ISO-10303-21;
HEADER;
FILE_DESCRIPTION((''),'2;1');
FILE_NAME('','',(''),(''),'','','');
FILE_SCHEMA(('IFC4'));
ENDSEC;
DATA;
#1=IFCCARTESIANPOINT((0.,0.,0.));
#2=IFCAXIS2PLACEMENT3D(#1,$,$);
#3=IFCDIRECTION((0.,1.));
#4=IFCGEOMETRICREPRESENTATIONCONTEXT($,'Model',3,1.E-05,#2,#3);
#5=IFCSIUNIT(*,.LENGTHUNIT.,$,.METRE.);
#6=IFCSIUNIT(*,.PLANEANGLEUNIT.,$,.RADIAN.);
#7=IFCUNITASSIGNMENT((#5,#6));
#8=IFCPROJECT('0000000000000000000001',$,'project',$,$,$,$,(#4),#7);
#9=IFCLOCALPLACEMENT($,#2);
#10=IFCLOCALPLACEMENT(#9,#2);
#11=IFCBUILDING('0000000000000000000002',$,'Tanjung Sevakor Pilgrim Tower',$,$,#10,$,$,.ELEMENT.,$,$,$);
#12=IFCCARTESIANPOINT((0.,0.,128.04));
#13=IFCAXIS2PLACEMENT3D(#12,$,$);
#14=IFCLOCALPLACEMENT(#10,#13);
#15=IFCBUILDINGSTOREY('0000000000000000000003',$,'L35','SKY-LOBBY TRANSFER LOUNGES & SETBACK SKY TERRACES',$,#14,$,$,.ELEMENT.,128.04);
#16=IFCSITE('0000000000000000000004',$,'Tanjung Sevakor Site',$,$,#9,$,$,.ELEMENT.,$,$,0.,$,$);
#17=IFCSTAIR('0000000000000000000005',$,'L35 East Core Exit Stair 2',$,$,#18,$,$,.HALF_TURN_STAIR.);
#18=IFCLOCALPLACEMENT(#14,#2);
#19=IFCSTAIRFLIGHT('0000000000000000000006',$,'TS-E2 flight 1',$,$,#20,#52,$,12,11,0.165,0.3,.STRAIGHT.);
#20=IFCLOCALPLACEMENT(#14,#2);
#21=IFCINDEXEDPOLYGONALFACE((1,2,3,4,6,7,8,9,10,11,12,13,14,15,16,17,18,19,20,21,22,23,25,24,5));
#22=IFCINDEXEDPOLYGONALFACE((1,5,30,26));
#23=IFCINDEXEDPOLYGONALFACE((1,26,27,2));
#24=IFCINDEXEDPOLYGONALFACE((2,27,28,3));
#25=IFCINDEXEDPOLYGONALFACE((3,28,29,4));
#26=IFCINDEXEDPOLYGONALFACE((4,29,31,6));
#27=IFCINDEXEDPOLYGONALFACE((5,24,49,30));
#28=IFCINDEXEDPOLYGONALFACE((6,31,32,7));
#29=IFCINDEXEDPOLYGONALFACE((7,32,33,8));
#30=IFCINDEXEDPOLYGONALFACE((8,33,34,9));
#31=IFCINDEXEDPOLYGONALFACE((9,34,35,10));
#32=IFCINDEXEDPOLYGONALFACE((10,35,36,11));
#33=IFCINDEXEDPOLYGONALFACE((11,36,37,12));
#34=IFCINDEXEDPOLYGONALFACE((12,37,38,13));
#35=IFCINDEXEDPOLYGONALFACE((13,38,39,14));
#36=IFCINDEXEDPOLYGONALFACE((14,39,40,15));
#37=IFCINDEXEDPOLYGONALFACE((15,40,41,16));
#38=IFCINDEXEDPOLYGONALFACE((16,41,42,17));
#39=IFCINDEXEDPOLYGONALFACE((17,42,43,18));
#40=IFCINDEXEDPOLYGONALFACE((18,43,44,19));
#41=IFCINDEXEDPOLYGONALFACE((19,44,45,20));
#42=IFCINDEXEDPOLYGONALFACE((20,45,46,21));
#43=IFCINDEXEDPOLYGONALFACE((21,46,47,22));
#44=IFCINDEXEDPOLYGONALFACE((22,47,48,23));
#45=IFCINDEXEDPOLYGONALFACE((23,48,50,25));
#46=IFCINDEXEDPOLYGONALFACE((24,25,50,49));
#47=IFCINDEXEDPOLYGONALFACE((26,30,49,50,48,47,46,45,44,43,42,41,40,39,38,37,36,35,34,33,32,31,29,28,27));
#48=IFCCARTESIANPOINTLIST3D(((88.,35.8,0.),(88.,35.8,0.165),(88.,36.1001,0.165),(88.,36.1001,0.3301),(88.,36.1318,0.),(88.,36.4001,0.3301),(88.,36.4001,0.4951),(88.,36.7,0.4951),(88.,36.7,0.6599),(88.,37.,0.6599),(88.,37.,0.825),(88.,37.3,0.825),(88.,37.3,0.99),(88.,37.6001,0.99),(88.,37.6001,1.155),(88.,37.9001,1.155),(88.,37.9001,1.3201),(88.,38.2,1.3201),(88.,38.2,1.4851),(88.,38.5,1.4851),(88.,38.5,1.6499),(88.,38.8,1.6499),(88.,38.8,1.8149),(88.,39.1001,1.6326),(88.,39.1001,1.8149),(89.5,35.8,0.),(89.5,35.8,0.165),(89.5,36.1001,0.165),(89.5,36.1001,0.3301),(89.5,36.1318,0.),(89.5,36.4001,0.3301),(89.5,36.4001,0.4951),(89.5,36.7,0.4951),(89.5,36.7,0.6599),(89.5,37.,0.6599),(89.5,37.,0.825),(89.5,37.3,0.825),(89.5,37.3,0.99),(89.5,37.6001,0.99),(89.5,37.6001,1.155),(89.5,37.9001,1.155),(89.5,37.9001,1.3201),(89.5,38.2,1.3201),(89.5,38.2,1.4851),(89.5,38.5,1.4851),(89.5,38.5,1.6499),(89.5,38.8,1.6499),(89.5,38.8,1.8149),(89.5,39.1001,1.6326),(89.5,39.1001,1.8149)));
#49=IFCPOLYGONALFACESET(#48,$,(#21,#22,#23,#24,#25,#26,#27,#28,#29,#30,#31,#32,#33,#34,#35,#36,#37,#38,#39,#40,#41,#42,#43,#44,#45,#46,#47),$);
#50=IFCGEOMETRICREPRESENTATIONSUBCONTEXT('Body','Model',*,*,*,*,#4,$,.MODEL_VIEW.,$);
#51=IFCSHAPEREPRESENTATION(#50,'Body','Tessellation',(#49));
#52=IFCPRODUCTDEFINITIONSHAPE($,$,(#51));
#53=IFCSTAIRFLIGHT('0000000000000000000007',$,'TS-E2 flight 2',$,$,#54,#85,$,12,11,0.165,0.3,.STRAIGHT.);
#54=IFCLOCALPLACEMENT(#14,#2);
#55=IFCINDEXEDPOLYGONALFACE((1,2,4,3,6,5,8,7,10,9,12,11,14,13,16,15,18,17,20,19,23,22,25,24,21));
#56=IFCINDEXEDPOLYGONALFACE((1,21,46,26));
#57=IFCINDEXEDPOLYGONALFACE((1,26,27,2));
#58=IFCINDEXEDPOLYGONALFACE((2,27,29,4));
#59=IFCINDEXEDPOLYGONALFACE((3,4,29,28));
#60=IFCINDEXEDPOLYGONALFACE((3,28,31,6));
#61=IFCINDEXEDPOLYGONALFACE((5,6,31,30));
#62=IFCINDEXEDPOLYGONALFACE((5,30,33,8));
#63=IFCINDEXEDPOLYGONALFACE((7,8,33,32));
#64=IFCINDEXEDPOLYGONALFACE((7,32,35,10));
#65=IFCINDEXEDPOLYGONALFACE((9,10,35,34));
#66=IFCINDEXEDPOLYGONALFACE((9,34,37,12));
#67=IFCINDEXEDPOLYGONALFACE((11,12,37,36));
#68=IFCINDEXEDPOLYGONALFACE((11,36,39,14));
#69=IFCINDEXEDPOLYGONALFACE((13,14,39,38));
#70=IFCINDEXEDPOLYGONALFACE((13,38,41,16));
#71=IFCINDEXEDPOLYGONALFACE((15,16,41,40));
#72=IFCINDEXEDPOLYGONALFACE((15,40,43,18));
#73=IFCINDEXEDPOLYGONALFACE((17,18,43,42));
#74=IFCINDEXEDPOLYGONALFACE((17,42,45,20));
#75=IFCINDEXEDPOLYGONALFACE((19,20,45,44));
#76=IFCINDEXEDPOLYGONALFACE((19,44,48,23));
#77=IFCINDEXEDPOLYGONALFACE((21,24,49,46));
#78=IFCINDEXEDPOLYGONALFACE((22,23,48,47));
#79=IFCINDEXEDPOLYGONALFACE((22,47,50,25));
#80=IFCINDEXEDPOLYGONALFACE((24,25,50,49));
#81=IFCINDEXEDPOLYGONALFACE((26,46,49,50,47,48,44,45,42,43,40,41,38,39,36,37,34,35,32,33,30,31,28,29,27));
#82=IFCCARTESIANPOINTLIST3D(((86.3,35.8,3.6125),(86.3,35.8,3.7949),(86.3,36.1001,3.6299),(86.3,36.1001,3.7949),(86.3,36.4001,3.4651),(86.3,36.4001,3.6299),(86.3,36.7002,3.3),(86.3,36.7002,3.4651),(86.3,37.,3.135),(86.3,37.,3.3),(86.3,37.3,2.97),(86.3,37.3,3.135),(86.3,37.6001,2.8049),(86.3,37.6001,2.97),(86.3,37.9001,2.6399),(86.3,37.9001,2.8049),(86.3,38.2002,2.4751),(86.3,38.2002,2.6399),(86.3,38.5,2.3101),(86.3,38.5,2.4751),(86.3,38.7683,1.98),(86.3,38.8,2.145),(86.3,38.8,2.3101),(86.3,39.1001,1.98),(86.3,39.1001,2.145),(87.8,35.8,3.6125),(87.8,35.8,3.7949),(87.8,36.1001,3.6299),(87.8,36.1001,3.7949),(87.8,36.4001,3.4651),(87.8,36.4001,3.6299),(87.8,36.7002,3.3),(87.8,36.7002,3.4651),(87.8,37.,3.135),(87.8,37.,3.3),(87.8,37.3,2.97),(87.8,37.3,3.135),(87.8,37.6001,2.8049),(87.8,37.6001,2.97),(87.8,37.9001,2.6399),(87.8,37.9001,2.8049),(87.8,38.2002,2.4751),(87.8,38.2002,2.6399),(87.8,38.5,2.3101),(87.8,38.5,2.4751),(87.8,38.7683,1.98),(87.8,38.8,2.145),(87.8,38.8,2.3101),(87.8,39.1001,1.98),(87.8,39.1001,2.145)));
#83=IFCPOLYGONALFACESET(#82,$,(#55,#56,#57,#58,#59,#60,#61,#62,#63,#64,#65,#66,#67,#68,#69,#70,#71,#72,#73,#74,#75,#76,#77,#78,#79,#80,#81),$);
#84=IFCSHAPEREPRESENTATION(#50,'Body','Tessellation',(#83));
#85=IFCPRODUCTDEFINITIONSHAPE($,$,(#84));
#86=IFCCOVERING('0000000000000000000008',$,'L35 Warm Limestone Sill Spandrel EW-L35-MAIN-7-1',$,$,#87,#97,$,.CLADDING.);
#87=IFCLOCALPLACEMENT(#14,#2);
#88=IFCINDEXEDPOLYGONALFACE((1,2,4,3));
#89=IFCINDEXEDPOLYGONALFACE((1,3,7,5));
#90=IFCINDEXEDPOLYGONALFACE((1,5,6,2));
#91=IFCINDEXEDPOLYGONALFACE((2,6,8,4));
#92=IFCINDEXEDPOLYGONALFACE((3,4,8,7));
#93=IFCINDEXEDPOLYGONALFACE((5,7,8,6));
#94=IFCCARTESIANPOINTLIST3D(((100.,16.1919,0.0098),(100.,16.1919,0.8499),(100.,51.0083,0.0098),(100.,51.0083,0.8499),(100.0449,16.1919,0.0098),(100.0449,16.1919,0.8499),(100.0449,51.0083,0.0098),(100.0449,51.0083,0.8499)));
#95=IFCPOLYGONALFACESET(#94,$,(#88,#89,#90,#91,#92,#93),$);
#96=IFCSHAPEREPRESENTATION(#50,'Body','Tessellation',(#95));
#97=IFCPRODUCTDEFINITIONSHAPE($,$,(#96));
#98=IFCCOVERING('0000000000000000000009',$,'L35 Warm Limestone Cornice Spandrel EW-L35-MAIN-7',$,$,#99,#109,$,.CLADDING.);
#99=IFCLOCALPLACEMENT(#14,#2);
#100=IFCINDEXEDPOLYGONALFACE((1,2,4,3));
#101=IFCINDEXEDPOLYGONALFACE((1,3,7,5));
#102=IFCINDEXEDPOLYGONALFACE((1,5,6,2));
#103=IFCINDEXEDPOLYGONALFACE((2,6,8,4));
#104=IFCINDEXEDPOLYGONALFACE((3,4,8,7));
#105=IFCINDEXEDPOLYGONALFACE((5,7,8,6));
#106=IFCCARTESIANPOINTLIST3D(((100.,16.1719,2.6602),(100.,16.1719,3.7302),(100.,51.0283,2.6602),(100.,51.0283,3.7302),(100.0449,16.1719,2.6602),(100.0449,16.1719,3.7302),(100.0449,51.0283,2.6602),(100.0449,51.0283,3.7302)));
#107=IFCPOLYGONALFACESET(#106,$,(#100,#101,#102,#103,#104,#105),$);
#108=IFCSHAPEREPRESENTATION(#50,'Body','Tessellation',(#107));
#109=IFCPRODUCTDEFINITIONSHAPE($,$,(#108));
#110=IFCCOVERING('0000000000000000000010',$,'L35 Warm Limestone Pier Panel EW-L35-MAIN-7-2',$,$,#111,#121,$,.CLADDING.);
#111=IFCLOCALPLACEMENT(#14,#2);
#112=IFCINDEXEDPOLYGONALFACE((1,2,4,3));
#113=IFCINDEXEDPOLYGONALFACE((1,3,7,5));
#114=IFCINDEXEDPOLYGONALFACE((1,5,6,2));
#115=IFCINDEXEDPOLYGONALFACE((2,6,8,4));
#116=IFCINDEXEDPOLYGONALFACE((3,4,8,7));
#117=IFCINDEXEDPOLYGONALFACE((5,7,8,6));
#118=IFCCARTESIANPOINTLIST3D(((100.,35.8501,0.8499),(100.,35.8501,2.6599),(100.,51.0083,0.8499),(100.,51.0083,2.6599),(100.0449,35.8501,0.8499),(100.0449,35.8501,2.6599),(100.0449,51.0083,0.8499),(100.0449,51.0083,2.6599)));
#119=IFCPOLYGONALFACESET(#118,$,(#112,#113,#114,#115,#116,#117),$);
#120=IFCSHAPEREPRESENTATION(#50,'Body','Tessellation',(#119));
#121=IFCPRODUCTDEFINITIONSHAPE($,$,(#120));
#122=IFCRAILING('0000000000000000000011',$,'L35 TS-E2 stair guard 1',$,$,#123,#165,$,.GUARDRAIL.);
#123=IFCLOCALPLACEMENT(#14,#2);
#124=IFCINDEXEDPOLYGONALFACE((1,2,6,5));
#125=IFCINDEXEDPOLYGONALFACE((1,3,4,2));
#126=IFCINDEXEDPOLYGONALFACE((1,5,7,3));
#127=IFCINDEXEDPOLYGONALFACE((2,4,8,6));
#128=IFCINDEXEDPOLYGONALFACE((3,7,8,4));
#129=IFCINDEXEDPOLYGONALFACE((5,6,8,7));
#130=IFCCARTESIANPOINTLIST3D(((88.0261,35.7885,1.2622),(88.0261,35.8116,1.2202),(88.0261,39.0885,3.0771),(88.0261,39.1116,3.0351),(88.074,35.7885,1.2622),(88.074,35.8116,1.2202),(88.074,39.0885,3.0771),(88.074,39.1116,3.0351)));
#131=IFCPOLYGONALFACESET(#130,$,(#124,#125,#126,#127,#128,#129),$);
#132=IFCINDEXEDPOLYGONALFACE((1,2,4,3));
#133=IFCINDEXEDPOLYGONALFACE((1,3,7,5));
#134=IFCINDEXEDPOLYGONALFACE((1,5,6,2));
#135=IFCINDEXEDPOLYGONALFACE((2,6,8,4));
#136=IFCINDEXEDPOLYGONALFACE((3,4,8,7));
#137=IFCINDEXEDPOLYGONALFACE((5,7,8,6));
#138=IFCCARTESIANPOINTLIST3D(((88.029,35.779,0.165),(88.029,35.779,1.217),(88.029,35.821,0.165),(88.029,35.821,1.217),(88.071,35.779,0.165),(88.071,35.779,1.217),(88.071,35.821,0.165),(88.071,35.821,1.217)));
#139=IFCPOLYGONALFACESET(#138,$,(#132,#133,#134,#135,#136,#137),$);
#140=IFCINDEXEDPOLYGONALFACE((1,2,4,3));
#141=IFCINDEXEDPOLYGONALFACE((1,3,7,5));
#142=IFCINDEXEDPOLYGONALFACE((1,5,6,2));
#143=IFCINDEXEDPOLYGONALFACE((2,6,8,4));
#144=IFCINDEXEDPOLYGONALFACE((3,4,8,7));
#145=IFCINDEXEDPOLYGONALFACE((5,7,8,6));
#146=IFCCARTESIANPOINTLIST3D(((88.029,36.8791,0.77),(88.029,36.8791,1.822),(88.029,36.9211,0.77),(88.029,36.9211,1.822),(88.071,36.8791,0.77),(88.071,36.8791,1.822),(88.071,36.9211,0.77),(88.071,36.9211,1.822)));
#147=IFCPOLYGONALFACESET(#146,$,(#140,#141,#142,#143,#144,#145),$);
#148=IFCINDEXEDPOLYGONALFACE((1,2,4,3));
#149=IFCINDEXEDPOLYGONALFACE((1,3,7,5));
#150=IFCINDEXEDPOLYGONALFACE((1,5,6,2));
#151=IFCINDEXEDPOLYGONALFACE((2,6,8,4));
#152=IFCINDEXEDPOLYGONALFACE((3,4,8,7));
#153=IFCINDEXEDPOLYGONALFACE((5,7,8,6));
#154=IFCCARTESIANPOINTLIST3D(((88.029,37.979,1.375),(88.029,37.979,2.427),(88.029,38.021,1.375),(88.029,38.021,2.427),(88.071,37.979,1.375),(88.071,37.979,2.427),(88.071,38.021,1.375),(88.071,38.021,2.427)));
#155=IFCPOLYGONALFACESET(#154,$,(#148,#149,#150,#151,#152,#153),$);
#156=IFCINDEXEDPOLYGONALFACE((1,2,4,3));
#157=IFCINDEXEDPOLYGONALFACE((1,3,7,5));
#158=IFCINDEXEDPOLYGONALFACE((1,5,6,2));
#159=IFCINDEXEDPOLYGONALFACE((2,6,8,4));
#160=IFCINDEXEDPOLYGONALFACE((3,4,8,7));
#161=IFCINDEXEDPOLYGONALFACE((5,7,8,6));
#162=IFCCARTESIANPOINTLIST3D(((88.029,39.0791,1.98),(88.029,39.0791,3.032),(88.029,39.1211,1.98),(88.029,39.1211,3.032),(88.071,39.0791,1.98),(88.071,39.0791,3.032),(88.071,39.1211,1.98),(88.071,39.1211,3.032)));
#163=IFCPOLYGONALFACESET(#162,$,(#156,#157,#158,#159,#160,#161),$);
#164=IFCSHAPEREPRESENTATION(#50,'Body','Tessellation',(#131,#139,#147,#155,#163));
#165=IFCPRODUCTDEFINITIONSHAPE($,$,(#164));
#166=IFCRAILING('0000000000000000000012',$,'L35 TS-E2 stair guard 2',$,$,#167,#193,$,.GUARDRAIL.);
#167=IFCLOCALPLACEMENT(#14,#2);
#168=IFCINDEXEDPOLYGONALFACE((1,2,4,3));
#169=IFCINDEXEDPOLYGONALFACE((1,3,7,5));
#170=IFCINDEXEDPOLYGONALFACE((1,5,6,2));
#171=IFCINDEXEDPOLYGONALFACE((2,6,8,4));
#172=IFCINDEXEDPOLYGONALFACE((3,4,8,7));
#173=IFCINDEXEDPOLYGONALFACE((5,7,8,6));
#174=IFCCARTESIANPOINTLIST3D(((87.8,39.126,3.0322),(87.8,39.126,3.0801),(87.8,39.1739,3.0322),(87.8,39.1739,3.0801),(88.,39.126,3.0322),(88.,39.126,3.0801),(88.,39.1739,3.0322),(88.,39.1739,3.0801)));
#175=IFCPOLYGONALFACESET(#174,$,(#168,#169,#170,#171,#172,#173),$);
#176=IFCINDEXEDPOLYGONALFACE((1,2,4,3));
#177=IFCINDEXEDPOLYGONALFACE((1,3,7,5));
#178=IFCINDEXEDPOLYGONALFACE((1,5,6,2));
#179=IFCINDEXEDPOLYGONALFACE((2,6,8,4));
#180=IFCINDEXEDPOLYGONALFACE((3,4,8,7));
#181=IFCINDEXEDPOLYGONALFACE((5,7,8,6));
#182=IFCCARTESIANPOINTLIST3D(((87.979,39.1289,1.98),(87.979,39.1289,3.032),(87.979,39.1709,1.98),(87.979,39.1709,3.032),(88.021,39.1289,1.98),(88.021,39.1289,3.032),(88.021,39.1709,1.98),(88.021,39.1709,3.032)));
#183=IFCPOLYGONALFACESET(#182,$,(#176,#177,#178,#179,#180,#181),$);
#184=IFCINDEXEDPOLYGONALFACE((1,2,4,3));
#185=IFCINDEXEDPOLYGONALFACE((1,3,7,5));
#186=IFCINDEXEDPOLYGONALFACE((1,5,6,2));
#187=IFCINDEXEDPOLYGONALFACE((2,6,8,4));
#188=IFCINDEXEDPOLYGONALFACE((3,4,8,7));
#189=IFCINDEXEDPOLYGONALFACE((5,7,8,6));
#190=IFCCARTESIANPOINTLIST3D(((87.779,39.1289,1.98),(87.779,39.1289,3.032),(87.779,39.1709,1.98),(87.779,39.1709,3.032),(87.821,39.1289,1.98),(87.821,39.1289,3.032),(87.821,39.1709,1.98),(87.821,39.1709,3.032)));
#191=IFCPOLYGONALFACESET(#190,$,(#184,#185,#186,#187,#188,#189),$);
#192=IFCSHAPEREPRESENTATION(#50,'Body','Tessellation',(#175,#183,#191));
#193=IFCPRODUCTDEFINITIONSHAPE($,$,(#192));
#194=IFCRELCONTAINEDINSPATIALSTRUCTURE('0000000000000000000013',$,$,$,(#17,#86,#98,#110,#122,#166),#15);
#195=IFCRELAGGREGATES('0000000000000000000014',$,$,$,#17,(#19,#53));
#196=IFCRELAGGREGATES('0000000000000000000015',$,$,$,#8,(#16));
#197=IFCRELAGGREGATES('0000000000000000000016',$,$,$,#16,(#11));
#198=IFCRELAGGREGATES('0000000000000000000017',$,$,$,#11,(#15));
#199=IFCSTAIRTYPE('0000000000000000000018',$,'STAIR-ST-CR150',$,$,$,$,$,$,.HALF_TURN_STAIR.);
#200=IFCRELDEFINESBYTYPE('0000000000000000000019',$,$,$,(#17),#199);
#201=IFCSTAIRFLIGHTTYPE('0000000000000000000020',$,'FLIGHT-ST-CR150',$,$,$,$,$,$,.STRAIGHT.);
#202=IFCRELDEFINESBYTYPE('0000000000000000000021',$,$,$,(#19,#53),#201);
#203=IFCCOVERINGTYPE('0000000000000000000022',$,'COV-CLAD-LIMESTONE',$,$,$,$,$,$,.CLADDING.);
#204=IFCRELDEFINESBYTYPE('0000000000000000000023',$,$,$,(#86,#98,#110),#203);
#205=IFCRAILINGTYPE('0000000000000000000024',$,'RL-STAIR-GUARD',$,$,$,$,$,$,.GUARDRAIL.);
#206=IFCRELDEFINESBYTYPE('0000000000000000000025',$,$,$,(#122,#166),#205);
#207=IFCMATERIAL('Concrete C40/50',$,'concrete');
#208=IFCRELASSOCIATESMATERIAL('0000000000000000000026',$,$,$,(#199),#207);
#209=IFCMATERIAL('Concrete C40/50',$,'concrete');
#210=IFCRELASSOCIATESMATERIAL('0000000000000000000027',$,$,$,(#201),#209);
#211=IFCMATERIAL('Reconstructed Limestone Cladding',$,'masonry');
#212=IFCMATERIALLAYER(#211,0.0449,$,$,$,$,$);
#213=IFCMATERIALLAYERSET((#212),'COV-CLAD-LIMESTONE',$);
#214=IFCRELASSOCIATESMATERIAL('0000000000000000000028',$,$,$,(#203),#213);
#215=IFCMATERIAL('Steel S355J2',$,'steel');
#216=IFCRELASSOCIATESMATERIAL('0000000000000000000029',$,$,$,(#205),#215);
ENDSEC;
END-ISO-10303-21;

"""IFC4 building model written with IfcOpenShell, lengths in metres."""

from ifc_helpers import new_model, si_unit, direction, frame, origin, origin_2d, place, context, subcontext, project, spatial, polyline, rectangle, outline, extrude, material, layer, layer_set, type_object, element, aggregate, save


model = new_model("IFC4")

# Units and contexts
model_context = context("Model", 3, precision=1e-05, world=origin(), true_north=direction((0.0, 1.0)))
body_context = subcontext(model_context, "Body", "Model", "MODEL_VIEW")
ifc_project = project(units=[si_unit("LENGTHUNIT", "METRE"), si_unit("PLANEANGLEUNIT", "RADIAN")], contexts=[model_context])

# Site, building, storey
site_placement = place(None, origin())
site = spatial("IfcSite", under=ifc_project, at=site_placement, Name="Tanjung Sevakor Site", CompositionType="ELEMENT", RefElevation=0.0)
building_placement = place(site_placement, origin())
building = spatial("IfcBuilding", under=site, at=building_placement, Name="Tanjung Sevakor Pilgrim Tower", CompositionType="ELEMENT")
storey_placement = place(building_placement, frame((0.0, 0.0, 128.04)))
storey = spatial("IfcBuildingStorey", under=building, at=storey_placement, Name="L35", Description="SKY-LOBBY TRANSFER LOUNGES & SETBACK SKY TERRACES", CompositionType="ELEMENT", Elevation=128.04)

# Stair, stair flights
ifc_material_1 = material(Name="Concrete C40/50", Category="concrete")
stair_type = type_object("IfcStairType", Name="STAIR-ST-CR150", PredefinedType="HALF_TURN_STAIR", material=ifc_material_1)
stair_placement = place(storey_placement, origin())
stair = element("IfcStair", 1, at=stair_placement, inside=storey, type_object=stair_type, Name="L35 East Core Exit Stair 2", PredefinedType="HALF_TURN_STAIR")
ifc_material_2 = material(Name="Concrete C40/50", Category="concrete")
stair_flight_type = type_object("IfcStairFlightType", Name="FLIGHT-ST-CR150", PredefinedType="STRAIGHT", material=ifc_material_2)
stair_flight_1_placement = place(storey_placement, frame((88.75, 35.8, 0.0), z_axis=(0.0, 0.0, 1.0), x_axis=(0.0, 1.0, 0.0)))
stair_flight_1 = element("IfcStairFlight", 2, at=stair_flight_1_placement, type_object=stair_flight_type, Name="TS-E2 flight 1", NumberOfRisers=12, NumberOfTreads=11, PredefinedType="STRAIGHT", RiserHeight=0.165, TreadLength=0.3, context=body_context, shape_type="SweptSolid", body=[
    extrude(outline(polyline([(0.0, 0.0), (0.0, 0.165), (0.3, 0.165), (0.3, 0.3301), (0.6001, 0.3301), (0.6001, 0.4951), (0.8999, 0.4951), (0.8999, 0.6599), (1.2, 0.6599), (1.2, 0.825), (1.5, 0.825), (1.5, 0.99), (1.8, 0.99), (1.8, 1.155), (2.1001, 1.155), (2.1001, 1.3201), (2.3999, 1.3201), (2.3999, 1.4851), (2.7, 1.4851), (2.7, 1.6499), (3.0, 1.6499), (3.0, 1.8149), (3.3, 1.8149), (3.3, 1.98), (3.3, 1.6326), (0.3318, 0.0), (0.0, 0.0)])), frame((0.0, 0.75, 0.0), z_axis=(0.0, -1.0, 0.0), x_axis=(1.0, 0.0, 0.0)), (0.0, 0.0, 1.0), 1.5),
])
stair_flight_2_placement = place(storey_placement, frame((87.05, 39.1001, 1.98), z_axis=(0.0, 0.0, 1.0), x_axis=(0.0, -1.0, 0.0)))
stair_flight_2 = element("IfcStairFlight", 3, at=stair_flight_2_placement, type_object=stair_flight_type, Name="TS-E2 flight 2", NumberOfRisers=12, NumberOfTreads=11, PredefinedType="STRAIGHT", RiserHeight=0.165, TreadLength=0.3, context=body_context, shape_type="SweptSolid", body=[
    extrude(outline(polyline([(0.0, 0.0), (0.0, 0.165), (0.3, 0.165), (0.3, 0.3301), (0.6001, 0.3301), (0.6001, 0.4951), (0.8999, 0.4951), (0.8999, 0.6599), (1.2, 0.6599), (1.2, 0.825), (1.5, 0.825), (1.5, 0.99), (1.8, 0.99), (1.8, 1.155), (2.1001, 1.155), (2.1001, 1.3201), (2.3999, 1.3201), (2.3999, 1.4851), (2.7, 1.4851), (2.7, 1.6499), (3.0, 1.6499), (3.0, 1.8149), (3.3, 1.8149), (3.3, 1.98), (3.3, 1.6326), (0.3318, 0.0), (0.0, 0.0)])), frame((0.0, 0.75, 0.0), z_axis=(0.0, -1.0, 0.0), x_axis=(1.0, 0.0, 0.0)), (0.0, 0.0, 1.0), 1.5),
])
aggregate(stair, [stair_flight_1, stair_flight_2])

# Coverings
ifc_material_3 = material(Name="Reconstructed Limestone Cladding", Category="masonry")
ifc_layer_1 = layer(ifc_material_3, 0.0449)
ifc_layer_set_1 = layer_set([ifc_layer_1], Name="COV-CLAD-LIMESTONE")
covering_type = type_object("IfcCoveringType", Name="COV-CLAD-LIMESTONE", PredefinedType="CLADDING", material=ifc_layer_set_1)
covering_1_placement = place(storey_placement, frame((100.0225, 33.6001, 0.0098), z_axis=(0.0, 0.0, 1.0), x_axis=(0.0, 1.0, 0.0)))
element("IfcCovering", 4, at=covering_1_placement, inside=storey, type_object=covering_type, Name="L35 Warm Limestone Sill Spandrel EW-L35-MAIN-7-1", PredefinedType="CLADDING", context=body_context, shape_type="SweptSolid", body=[
    extrude(rectangle(XDim=34.8164, YDim=0.0449, at=origin_2d()), origin(), (0.0, 0.0, 1.0), 0.8401),
])
covering_2_placement = place(storey_placement, frame((100.0225, 33.6001, 2.6602), z_axis=(0.0, 0.0, 1.0), x_axis=(0.0, 1.0, 0.0)))
element("IfcCovering", 5, at=covering_2_placement, inside=storey, type_object=covering_type, Name="L35 Warm Limestone Cornice Spandrel EW-L35-MAIN-7", PredefinedType="CLADDING", context=body_context, shape_type="SweptSolid", body=[
    extrude(rectangle(XDim=34.8564, YDim=0.0449, at=origin_2d()), origin(), (0.0, 0.0, 1.0), 1.0701),
])
covering_3_placement = place(storey_placement, frame((100.0225, 43.4292, 0.8499), z_axis=(0.0, 0.0, 1.0), x_axis=(0.0, 1.0, 0.0)))
element("IfcCovering", 6, at=covering_3_placement, inside=storey, type_object=covering_type, Name="L35 Warm Limestone Pier Panel EW-L35-MAIN-7-2", PredefinedType="CLADDING", context=body_context, shape_type="SweptSolid", body=[
    extrude(rectangle(XDim=15.1582, YDim=0.0449, at=origin_2d()), origin(), (0.0, 0.0, 1.0), 1.8101),
])

# Railings
ifc_material_4 = material(Name="Steel S355J2", Category="steel")
railing_type_1 = type_object("IfcRailingType", Name="RL-STAIR-GUARD", PredefinedType="GUARDRAIL", material=ifc_material_4)
railing_1_placement = place(storey_placement, frame((88.05, 35.8, 0.165)))
element("IfcRailing", 7, at=railing_1_placement, inside=storey, type_object=railing_type_1, Name="L35 TS-E2 stair guard 1", PredefinedType="GUARDRAIL", context=body_context, shape_type="SweptSolid", body=[
    extrude(rectangle(XDim=0.0479, YDim=0.0479), frame((0.0, 0.0, 1.0762), z_axis=(0.0, 0.876225, 0.481901), x_axis=(-1.0, 0.0, 0.0)), (0.0, 0.0, 1.0), 3.7661),
    extrude(rectangle(XDim=0.042, YDim=0.042), origin(), (0.0, 0.0, 1.0), 1.052),
    extrude(rectangle(XDim=0.042, YDim=0.042), frame((0.0, 1.1001, 0.605)), (0.0, 0.0, 1.0), 1.052),
    extrude(rectangle(XDim=0.042, YDim=0.042), frame((0.0, 2.2, 1.21)), (0.0, 0.0, 1.0), 1.052),
    extrude(rectangle(XDim=0.042, YDim=0.042), frame((0.0, 3.3, 1.8149)), (0.0, 0.0, 1.0), 1.052),
])
railing_2_placement = place(storey_placement, frame((88.0, 39.1499, 1.98)))
element("IfcRailing", 8, at=railing_2_placement, inside=storey, type_object=railing_type_1, Name="L35 TS-E2 stair guard 2", PredefinedType="GUARDRAIL", context=body_context, shape_type="SweptSolid", body=[
    extrude(rectangle(XDim=0.0479, YDim=0.0479), frame((0.0, 0.0, 1.0762), z_axis=(-1.0, 0.0, 0.0), x_axis=(0.0, -1.0, 0.0)), (0.0, 0.0, 1.0), 0.2),
    extrude(rectangle(XDim=0.042, YDim=0.042), origin(), (0.0, 0.0, 1.0), 1.052),
    extrude(rectangle(XDim=0.042, YDim=0.042), frame((-0.2, 0.0, 0.0)), (0.0, 0.0, 1.0), 1.052),
])

save(model, "model.ifc")
